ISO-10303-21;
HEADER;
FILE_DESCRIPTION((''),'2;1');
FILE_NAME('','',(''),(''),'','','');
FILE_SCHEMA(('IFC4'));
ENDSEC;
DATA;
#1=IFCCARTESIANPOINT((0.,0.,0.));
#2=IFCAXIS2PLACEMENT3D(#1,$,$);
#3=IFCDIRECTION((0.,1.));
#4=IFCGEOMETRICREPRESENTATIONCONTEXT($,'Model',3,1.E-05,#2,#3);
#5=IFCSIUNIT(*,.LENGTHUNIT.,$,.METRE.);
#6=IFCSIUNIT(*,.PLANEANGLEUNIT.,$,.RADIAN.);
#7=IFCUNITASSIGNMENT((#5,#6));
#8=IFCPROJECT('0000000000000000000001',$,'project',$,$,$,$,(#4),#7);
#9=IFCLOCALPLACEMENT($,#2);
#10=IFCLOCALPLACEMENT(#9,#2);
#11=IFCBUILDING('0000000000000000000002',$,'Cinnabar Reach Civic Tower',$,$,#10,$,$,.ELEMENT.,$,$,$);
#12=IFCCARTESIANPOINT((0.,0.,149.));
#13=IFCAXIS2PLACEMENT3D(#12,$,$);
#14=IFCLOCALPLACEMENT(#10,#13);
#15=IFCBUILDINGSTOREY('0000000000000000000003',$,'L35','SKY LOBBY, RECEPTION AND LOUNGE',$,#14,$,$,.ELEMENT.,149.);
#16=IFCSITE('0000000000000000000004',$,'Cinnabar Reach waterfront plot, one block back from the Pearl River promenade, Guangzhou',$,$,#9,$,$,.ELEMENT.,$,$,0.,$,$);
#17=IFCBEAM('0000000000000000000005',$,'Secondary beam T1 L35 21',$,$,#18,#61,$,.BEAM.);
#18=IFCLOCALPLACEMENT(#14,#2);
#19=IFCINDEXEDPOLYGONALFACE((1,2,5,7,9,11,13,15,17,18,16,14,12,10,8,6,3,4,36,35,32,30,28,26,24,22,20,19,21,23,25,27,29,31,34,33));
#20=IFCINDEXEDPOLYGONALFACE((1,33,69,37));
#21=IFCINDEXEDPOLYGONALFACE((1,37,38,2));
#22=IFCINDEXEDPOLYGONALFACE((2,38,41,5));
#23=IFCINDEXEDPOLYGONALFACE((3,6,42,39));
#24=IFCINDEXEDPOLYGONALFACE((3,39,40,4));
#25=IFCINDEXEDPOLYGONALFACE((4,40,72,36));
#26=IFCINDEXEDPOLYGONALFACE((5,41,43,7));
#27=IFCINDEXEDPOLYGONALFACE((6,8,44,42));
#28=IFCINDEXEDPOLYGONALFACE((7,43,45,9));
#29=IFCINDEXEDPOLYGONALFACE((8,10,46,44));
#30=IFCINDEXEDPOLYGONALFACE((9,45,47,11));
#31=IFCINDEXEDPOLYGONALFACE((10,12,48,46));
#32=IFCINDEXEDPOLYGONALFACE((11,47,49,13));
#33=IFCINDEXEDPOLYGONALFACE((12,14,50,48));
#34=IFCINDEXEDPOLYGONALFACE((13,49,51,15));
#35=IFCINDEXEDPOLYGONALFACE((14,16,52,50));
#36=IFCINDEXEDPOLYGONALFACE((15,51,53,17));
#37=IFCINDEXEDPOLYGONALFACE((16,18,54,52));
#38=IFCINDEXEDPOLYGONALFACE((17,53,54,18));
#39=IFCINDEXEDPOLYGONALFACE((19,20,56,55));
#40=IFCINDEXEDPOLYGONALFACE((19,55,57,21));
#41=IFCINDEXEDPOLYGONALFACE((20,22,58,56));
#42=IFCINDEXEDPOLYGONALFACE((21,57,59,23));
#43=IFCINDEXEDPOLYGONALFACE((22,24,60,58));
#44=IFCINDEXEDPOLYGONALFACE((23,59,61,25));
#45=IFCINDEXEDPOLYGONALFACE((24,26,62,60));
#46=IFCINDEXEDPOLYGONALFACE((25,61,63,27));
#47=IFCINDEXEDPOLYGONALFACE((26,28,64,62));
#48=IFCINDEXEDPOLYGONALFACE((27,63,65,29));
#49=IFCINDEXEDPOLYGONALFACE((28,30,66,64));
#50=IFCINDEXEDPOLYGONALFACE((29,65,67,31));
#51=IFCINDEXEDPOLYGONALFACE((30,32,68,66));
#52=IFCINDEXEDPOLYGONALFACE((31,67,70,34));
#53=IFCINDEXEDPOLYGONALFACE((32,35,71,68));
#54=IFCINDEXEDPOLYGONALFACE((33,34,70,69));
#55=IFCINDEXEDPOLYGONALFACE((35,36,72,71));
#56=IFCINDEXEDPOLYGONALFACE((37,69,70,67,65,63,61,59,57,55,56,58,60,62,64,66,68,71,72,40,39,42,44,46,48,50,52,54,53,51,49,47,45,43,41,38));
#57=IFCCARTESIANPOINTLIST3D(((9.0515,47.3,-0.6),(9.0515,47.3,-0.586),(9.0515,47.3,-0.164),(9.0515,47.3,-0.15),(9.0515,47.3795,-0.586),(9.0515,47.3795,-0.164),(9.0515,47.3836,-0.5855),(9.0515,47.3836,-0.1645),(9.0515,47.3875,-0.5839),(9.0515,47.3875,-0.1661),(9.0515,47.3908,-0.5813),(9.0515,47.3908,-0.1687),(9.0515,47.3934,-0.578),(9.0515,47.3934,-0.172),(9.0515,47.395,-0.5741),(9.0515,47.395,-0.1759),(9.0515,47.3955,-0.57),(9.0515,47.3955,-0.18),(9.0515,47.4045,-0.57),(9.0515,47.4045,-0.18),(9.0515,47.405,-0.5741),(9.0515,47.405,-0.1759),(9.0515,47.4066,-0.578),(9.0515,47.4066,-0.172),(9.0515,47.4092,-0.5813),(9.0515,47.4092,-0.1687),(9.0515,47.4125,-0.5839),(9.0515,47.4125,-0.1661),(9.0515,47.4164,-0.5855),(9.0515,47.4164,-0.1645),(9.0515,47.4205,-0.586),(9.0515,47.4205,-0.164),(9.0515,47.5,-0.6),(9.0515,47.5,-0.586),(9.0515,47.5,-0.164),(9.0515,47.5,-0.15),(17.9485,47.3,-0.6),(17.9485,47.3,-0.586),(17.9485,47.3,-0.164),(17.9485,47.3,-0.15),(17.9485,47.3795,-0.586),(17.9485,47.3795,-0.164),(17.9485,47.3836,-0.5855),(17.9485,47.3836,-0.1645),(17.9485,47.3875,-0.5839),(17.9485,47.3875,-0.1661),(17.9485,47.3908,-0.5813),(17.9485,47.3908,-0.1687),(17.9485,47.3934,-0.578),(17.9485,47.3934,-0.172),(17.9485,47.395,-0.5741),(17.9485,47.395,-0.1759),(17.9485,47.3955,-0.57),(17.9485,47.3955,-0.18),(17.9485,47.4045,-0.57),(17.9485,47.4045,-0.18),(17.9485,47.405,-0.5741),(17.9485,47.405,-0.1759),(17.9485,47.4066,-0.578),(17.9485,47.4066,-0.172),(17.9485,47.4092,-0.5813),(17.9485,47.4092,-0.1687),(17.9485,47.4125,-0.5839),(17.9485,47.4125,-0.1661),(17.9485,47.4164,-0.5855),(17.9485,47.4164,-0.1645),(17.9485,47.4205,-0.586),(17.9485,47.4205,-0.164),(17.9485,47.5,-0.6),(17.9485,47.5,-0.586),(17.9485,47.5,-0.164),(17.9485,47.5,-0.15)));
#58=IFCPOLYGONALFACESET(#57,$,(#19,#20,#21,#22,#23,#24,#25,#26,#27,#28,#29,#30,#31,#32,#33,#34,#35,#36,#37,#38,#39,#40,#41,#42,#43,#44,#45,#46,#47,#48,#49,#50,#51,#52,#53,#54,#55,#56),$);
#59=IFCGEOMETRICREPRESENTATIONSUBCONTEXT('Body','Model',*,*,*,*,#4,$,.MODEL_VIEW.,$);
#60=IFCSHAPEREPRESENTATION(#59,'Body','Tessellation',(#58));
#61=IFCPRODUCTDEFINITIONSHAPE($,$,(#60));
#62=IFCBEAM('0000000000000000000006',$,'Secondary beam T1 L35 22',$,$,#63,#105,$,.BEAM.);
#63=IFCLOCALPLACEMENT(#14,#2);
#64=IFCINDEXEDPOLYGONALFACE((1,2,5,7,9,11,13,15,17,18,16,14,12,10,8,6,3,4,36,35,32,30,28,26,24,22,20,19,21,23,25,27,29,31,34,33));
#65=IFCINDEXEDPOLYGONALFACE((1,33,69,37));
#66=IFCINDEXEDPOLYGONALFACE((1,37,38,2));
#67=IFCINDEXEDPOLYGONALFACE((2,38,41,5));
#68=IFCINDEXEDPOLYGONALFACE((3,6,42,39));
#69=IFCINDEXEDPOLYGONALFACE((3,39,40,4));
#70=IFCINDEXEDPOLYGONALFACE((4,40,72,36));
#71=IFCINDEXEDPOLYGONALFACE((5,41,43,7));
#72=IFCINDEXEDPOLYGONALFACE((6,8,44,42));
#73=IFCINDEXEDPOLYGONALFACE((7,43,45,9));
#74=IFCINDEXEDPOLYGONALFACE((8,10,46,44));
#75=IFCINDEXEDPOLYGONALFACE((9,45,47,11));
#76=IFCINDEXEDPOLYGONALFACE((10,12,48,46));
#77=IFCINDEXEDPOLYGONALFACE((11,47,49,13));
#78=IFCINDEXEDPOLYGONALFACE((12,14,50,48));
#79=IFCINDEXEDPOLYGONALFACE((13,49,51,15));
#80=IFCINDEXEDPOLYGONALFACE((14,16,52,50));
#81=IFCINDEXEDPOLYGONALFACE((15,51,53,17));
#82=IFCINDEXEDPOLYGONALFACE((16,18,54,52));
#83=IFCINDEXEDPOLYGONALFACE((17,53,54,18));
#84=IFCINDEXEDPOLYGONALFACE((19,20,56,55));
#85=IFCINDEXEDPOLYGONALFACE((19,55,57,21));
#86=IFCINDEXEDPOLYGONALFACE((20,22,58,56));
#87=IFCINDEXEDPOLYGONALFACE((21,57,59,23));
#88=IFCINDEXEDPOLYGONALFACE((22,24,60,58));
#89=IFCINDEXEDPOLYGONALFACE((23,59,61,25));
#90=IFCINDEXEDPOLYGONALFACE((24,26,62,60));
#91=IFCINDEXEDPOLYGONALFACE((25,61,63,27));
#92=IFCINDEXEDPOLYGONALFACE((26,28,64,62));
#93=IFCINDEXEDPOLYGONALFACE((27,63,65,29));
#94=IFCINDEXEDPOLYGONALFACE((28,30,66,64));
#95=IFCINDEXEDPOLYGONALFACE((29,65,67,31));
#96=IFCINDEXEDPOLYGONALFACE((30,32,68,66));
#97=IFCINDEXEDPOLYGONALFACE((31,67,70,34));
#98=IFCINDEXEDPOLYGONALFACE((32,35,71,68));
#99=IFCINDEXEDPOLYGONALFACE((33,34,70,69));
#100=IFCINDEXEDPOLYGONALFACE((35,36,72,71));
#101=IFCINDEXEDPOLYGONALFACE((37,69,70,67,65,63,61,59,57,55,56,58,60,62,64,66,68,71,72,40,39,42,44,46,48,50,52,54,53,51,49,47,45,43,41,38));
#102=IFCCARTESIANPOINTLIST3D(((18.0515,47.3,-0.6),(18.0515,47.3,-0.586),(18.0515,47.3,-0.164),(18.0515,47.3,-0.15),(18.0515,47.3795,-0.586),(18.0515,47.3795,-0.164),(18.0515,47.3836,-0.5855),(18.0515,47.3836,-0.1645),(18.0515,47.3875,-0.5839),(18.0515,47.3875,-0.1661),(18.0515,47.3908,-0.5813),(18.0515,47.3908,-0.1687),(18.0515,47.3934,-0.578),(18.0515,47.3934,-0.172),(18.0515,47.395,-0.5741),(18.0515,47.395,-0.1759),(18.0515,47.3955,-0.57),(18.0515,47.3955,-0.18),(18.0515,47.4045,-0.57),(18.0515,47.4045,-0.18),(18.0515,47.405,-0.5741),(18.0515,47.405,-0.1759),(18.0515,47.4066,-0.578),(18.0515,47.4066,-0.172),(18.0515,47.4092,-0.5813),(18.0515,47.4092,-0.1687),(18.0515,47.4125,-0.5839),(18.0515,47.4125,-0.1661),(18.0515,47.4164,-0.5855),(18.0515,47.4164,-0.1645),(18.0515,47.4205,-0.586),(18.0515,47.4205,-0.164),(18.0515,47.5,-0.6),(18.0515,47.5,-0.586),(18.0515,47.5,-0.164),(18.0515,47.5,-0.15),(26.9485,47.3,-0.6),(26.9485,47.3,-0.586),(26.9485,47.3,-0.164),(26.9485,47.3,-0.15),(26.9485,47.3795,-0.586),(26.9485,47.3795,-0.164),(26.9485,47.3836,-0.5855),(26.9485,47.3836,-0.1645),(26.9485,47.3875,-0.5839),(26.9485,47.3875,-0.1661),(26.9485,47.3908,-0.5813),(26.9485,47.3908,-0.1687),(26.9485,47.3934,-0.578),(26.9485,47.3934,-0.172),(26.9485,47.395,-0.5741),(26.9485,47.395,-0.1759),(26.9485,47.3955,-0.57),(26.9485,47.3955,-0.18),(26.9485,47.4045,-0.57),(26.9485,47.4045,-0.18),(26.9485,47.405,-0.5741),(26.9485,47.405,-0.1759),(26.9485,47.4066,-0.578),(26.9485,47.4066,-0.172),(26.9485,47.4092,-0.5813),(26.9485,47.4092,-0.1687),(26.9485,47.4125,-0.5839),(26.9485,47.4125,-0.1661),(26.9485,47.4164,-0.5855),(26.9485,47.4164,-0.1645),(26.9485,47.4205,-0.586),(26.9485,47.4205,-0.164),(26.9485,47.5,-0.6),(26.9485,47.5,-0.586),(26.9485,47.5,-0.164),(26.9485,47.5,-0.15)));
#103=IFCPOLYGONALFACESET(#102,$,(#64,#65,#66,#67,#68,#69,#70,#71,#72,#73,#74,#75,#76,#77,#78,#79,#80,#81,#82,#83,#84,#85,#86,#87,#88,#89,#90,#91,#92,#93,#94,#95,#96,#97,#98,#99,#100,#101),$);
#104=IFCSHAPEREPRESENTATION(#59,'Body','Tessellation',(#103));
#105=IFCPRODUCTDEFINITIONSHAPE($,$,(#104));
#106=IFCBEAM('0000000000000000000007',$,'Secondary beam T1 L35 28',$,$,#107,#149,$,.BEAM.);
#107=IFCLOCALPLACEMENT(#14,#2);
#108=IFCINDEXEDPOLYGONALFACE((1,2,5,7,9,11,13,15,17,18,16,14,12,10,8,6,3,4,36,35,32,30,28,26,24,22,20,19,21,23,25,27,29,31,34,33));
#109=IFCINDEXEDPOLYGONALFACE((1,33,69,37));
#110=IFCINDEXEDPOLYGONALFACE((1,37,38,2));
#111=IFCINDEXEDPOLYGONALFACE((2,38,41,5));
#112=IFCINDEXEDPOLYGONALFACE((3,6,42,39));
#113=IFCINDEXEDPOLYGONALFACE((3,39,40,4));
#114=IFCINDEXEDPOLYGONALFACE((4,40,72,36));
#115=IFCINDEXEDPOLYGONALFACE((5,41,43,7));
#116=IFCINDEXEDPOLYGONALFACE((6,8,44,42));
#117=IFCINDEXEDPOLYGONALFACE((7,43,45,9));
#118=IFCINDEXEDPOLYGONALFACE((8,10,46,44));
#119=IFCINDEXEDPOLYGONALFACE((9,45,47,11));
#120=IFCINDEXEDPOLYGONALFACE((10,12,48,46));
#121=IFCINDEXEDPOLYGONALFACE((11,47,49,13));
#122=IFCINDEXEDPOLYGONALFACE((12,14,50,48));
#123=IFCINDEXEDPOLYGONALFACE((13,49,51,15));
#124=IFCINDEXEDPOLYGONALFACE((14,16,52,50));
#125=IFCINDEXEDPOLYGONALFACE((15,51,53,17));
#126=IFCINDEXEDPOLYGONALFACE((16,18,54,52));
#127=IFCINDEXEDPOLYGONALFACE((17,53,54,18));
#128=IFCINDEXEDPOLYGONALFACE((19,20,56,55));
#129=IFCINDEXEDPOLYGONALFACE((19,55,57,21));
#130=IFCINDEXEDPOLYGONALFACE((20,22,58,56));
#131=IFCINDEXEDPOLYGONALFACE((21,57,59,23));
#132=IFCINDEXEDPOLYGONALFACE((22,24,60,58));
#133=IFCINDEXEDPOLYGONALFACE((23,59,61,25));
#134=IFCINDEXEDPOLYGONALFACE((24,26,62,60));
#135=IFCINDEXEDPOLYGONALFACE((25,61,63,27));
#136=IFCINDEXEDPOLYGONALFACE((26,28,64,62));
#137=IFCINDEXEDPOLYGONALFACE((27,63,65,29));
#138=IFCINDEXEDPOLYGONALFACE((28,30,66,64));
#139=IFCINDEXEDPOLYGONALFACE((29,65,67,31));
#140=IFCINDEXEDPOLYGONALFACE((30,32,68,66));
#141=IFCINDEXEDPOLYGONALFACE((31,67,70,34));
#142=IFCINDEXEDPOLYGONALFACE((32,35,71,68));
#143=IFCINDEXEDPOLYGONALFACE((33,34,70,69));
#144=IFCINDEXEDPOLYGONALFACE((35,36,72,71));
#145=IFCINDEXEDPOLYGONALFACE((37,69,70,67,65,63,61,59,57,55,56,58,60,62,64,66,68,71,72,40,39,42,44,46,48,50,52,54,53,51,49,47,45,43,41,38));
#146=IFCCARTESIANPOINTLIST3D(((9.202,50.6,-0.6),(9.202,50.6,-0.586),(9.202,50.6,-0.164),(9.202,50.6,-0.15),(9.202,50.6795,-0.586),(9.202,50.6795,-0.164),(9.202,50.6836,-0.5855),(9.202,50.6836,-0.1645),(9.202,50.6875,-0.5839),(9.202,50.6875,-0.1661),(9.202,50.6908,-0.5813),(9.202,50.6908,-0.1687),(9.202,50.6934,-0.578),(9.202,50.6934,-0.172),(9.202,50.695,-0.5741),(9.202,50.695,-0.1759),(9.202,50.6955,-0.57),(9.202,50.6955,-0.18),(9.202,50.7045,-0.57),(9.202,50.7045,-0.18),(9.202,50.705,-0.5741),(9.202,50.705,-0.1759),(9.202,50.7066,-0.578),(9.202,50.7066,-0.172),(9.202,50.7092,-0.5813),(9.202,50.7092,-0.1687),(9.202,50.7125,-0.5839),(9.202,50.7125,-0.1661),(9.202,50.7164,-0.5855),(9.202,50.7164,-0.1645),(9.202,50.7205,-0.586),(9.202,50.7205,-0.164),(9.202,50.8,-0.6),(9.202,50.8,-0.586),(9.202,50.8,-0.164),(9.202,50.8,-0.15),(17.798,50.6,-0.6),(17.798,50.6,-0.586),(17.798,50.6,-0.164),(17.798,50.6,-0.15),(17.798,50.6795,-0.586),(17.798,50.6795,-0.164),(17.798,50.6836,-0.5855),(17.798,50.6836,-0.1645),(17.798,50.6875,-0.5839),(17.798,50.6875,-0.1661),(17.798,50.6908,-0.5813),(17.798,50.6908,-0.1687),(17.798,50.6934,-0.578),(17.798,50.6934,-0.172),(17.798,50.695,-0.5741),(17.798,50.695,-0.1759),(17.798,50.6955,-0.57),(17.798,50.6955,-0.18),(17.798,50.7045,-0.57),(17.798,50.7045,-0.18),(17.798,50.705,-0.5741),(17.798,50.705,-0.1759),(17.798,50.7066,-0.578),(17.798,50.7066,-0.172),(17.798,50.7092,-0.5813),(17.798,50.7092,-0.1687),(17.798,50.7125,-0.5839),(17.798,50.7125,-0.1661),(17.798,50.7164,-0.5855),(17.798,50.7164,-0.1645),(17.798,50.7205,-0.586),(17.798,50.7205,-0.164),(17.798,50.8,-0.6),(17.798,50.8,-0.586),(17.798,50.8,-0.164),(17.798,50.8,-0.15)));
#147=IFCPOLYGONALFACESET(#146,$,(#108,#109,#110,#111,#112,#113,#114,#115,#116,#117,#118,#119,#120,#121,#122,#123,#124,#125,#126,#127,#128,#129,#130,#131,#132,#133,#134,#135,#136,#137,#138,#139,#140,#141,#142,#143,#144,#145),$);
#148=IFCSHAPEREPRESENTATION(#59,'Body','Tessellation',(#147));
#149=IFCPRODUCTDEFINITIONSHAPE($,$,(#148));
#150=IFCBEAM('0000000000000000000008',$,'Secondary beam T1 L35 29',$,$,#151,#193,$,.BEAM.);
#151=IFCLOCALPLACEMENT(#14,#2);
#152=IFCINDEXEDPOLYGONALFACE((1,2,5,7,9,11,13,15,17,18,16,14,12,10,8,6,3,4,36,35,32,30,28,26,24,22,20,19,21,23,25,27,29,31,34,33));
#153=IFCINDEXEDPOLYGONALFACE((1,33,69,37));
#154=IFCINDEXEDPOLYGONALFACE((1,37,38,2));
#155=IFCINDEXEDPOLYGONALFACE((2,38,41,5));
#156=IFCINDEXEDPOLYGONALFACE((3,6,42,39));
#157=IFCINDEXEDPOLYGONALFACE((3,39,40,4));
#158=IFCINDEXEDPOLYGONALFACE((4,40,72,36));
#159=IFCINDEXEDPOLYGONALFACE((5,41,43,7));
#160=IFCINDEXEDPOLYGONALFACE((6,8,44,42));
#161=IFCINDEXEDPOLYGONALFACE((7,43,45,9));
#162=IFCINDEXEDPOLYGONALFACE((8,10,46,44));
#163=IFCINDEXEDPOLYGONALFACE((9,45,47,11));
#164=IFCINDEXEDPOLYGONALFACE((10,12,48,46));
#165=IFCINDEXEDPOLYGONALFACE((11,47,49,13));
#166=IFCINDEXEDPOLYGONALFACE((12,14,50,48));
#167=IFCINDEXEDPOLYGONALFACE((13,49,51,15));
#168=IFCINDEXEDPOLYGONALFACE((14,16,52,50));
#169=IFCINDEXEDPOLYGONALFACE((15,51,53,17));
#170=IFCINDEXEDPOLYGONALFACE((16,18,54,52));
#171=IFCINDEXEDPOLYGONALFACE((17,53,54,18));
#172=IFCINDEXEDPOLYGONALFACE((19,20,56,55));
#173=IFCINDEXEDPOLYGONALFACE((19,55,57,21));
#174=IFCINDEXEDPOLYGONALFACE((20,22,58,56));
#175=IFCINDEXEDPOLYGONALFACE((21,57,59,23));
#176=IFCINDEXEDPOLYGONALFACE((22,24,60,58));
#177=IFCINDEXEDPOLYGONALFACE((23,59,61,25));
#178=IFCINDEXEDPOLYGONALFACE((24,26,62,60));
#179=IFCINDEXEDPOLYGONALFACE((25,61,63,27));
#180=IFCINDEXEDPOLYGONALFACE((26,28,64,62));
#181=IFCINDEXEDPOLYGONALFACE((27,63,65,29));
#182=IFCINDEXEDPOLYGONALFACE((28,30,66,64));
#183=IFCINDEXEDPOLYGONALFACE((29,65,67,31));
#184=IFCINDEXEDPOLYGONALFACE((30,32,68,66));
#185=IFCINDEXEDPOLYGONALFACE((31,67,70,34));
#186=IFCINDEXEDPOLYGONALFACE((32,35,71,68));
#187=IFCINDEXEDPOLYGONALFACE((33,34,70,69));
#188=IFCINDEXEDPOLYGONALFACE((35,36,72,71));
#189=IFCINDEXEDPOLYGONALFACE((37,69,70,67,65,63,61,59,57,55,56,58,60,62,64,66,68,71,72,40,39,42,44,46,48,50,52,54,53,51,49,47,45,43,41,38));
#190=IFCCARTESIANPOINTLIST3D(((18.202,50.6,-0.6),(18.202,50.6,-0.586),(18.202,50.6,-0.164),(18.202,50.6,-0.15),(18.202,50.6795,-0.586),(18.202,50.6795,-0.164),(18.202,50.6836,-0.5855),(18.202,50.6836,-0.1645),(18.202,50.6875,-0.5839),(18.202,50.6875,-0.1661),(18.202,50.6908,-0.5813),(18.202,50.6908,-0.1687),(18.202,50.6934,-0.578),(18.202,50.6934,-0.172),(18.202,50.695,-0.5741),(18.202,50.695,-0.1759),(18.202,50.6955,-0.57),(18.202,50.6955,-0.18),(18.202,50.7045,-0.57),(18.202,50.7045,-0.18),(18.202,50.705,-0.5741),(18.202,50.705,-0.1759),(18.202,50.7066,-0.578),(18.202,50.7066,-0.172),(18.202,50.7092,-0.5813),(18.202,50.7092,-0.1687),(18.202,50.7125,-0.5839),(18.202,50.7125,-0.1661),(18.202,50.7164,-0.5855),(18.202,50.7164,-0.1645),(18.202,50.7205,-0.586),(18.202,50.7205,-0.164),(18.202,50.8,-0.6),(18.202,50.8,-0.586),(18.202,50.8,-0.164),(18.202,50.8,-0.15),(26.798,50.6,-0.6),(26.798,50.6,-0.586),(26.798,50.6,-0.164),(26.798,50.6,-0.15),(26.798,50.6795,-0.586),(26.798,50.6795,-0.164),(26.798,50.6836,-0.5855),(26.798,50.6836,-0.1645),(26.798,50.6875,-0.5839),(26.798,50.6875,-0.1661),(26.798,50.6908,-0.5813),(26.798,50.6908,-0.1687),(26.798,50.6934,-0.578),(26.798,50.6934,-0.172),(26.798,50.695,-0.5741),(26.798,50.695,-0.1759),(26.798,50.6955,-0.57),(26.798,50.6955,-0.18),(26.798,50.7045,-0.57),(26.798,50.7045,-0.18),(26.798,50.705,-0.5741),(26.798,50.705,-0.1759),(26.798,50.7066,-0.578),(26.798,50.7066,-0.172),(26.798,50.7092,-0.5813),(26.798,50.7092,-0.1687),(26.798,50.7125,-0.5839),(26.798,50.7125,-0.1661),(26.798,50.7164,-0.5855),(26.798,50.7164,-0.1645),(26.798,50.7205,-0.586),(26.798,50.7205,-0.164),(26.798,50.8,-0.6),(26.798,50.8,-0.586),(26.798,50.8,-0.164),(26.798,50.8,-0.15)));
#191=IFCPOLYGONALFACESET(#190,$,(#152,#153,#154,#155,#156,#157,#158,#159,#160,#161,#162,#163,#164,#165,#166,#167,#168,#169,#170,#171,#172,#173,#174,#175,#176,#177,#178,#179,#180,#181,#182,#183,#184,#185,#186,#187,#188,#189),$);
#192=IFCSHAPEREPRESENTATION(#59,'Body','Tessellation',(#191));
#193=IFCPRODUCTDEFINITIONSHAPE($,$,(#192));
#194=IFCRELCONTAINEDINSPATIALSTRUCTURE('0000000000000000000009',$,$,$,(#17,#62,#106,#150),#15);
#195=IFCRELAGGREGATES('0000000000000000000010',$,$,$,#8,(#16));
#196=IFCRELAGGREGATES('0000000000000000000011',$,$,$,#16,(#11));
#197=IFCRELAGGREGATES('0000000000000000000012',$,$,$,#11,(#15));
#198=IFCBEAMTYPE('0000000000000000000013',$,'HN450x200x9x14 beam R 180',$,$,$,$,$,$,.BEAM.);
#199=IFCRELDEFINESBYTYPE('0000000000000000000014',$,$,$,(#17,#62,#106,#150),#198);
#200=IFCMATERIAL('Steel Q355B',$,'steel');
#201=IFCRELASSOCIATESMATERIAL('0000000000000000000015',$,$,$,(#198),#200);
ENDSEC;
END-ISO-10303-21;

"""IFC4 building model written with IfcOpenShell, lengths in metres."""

from ifc_helpers import new_model, si_unit, direction, frame, origin, origin_2d, place, context, subcontext, project, spatial, i_section, extrude, material, material_profile, profile_set, type_object, element, save


model = new_model("IFC4")

# Units and contexts
model_context = context("Model", 3, precision=1e-05, world=origin(), true_north=direction((0.0, 1.0)))
body_context = subcontext(model_context, "Body", "Model", "MODEL_VIEW")
ifc_project = project(units=[si_unit("LENGTHUNIT", "METRE"), si_unit("PLANEANGLEUNIT", "RADIAN")], contexts=[model_context])

# Site, building, storey
site_placement = place(None, origin())
site = spatial("IfcSite", under=ifc_project, at=site_placement, Name="Cinnabar Reach waterfront plot, one block back from the Pearl River promenade, Guangzhou", CompositionType="ELEMENT", RefElevation=0.0)
building_placement = place(site_placement, origin())
building = spatial("IfcBuilding", under=site, at=building_placement, Name="Cinnabar Reach Civic Tower", CompositionType="ELEMENT")
storey_placement = place(building_placement, frame((0.0, 0.0, 149.0)))
storey = spatial("IfcBuildingStorey", under=building, at=storey_placement, Name="L35", Description="SKY LOBBY, RECEPTION AND LOUNGE", CompositionType="ELEMENT", Elevation=149.0)

# Beams
ifc_material_1 = material(Name="Steel Q355B", Category="steel")
ifc_material_profile_1 = material_profile(ifc_material_1, i_section(OverallWidth=0.2, OverallDepth=0.45, WebThickness=0.009, FlangeThickness=0.014, FilletRadius=0.016, at=origin_2d()), Name="HN450x200x9x14")
ifc_profile_set_1 = profile_set([ifc_material_profile_1], Name="Steel Q355B")
beam_type_1 = type_object("IfcBeamType", Name="HN450x200x9x14 beam R 180", PredefinedType="BEAM", material=ifc_profile_set_1)
for number, where, z_axis, x_axis, name in (
    (1, (9.0515, 47.4, -0.375), (1.0, 0.0, 0.0), (0.0, 1.0, 0.0), "Secondary beam T1 L35 21"),
    (2, (18.0515, 47.4, -0.375), (1.0, 0.0, 0.0), (0.0, 1.0, 0.0), "Secondary beam T1 L35 22"),
):
    element("IfcBeam", number, at=place(storey_placement, frame(where, z_axis=z_axis, x_axis=x_axis)), inside=storey, type_object=beam_type_1, Name=name, PredefinedType="BEAM", context=body_context, shape_type="SweptSolid", body=[
        extrude(i_section(OverallWidth=0.2, OverallDepth=0.45, WebThickness=0.009, FlangeThickness=0.014, FilletRadius=0.016, at=origin_2d()), origin(), (0.0, 0.0, 1.0), 8.897),
    ])
for number, where, z_axis, x_axis, name in (
    (3, (9.202, 50.7, -0.375), (1.0, 0.0, 0.0), (0.0, 1.0, 0.0), "Secondary beam T1 L35 28"),
    (4, (18.202, 50.7, -0.375), (1.0, 0.0, 0.0), (0.0, 1.0, 0.0), "Secondary beam T1 L35 29"),
):
    element("IfcBeam", number, at=place(storey_placement, frame(where, z_axis=z_axis, x_axis=x_axis)), inside=storey, type_object=beam_type_1, Name=name, PredefinedType="BEAM", context=body_context, shape_type="SweptSolid", body=[
        extrude(i_section(OverallWidth=0.2, OverallDepth=0.45, WebThickness=0.009, FlangeThickness=0.014, FilletRadius=0.016, at=origin_2d()), origin(), (0.0, 0.0, 1.0), 8.596),
    ])

save(model, "model.ifc")
